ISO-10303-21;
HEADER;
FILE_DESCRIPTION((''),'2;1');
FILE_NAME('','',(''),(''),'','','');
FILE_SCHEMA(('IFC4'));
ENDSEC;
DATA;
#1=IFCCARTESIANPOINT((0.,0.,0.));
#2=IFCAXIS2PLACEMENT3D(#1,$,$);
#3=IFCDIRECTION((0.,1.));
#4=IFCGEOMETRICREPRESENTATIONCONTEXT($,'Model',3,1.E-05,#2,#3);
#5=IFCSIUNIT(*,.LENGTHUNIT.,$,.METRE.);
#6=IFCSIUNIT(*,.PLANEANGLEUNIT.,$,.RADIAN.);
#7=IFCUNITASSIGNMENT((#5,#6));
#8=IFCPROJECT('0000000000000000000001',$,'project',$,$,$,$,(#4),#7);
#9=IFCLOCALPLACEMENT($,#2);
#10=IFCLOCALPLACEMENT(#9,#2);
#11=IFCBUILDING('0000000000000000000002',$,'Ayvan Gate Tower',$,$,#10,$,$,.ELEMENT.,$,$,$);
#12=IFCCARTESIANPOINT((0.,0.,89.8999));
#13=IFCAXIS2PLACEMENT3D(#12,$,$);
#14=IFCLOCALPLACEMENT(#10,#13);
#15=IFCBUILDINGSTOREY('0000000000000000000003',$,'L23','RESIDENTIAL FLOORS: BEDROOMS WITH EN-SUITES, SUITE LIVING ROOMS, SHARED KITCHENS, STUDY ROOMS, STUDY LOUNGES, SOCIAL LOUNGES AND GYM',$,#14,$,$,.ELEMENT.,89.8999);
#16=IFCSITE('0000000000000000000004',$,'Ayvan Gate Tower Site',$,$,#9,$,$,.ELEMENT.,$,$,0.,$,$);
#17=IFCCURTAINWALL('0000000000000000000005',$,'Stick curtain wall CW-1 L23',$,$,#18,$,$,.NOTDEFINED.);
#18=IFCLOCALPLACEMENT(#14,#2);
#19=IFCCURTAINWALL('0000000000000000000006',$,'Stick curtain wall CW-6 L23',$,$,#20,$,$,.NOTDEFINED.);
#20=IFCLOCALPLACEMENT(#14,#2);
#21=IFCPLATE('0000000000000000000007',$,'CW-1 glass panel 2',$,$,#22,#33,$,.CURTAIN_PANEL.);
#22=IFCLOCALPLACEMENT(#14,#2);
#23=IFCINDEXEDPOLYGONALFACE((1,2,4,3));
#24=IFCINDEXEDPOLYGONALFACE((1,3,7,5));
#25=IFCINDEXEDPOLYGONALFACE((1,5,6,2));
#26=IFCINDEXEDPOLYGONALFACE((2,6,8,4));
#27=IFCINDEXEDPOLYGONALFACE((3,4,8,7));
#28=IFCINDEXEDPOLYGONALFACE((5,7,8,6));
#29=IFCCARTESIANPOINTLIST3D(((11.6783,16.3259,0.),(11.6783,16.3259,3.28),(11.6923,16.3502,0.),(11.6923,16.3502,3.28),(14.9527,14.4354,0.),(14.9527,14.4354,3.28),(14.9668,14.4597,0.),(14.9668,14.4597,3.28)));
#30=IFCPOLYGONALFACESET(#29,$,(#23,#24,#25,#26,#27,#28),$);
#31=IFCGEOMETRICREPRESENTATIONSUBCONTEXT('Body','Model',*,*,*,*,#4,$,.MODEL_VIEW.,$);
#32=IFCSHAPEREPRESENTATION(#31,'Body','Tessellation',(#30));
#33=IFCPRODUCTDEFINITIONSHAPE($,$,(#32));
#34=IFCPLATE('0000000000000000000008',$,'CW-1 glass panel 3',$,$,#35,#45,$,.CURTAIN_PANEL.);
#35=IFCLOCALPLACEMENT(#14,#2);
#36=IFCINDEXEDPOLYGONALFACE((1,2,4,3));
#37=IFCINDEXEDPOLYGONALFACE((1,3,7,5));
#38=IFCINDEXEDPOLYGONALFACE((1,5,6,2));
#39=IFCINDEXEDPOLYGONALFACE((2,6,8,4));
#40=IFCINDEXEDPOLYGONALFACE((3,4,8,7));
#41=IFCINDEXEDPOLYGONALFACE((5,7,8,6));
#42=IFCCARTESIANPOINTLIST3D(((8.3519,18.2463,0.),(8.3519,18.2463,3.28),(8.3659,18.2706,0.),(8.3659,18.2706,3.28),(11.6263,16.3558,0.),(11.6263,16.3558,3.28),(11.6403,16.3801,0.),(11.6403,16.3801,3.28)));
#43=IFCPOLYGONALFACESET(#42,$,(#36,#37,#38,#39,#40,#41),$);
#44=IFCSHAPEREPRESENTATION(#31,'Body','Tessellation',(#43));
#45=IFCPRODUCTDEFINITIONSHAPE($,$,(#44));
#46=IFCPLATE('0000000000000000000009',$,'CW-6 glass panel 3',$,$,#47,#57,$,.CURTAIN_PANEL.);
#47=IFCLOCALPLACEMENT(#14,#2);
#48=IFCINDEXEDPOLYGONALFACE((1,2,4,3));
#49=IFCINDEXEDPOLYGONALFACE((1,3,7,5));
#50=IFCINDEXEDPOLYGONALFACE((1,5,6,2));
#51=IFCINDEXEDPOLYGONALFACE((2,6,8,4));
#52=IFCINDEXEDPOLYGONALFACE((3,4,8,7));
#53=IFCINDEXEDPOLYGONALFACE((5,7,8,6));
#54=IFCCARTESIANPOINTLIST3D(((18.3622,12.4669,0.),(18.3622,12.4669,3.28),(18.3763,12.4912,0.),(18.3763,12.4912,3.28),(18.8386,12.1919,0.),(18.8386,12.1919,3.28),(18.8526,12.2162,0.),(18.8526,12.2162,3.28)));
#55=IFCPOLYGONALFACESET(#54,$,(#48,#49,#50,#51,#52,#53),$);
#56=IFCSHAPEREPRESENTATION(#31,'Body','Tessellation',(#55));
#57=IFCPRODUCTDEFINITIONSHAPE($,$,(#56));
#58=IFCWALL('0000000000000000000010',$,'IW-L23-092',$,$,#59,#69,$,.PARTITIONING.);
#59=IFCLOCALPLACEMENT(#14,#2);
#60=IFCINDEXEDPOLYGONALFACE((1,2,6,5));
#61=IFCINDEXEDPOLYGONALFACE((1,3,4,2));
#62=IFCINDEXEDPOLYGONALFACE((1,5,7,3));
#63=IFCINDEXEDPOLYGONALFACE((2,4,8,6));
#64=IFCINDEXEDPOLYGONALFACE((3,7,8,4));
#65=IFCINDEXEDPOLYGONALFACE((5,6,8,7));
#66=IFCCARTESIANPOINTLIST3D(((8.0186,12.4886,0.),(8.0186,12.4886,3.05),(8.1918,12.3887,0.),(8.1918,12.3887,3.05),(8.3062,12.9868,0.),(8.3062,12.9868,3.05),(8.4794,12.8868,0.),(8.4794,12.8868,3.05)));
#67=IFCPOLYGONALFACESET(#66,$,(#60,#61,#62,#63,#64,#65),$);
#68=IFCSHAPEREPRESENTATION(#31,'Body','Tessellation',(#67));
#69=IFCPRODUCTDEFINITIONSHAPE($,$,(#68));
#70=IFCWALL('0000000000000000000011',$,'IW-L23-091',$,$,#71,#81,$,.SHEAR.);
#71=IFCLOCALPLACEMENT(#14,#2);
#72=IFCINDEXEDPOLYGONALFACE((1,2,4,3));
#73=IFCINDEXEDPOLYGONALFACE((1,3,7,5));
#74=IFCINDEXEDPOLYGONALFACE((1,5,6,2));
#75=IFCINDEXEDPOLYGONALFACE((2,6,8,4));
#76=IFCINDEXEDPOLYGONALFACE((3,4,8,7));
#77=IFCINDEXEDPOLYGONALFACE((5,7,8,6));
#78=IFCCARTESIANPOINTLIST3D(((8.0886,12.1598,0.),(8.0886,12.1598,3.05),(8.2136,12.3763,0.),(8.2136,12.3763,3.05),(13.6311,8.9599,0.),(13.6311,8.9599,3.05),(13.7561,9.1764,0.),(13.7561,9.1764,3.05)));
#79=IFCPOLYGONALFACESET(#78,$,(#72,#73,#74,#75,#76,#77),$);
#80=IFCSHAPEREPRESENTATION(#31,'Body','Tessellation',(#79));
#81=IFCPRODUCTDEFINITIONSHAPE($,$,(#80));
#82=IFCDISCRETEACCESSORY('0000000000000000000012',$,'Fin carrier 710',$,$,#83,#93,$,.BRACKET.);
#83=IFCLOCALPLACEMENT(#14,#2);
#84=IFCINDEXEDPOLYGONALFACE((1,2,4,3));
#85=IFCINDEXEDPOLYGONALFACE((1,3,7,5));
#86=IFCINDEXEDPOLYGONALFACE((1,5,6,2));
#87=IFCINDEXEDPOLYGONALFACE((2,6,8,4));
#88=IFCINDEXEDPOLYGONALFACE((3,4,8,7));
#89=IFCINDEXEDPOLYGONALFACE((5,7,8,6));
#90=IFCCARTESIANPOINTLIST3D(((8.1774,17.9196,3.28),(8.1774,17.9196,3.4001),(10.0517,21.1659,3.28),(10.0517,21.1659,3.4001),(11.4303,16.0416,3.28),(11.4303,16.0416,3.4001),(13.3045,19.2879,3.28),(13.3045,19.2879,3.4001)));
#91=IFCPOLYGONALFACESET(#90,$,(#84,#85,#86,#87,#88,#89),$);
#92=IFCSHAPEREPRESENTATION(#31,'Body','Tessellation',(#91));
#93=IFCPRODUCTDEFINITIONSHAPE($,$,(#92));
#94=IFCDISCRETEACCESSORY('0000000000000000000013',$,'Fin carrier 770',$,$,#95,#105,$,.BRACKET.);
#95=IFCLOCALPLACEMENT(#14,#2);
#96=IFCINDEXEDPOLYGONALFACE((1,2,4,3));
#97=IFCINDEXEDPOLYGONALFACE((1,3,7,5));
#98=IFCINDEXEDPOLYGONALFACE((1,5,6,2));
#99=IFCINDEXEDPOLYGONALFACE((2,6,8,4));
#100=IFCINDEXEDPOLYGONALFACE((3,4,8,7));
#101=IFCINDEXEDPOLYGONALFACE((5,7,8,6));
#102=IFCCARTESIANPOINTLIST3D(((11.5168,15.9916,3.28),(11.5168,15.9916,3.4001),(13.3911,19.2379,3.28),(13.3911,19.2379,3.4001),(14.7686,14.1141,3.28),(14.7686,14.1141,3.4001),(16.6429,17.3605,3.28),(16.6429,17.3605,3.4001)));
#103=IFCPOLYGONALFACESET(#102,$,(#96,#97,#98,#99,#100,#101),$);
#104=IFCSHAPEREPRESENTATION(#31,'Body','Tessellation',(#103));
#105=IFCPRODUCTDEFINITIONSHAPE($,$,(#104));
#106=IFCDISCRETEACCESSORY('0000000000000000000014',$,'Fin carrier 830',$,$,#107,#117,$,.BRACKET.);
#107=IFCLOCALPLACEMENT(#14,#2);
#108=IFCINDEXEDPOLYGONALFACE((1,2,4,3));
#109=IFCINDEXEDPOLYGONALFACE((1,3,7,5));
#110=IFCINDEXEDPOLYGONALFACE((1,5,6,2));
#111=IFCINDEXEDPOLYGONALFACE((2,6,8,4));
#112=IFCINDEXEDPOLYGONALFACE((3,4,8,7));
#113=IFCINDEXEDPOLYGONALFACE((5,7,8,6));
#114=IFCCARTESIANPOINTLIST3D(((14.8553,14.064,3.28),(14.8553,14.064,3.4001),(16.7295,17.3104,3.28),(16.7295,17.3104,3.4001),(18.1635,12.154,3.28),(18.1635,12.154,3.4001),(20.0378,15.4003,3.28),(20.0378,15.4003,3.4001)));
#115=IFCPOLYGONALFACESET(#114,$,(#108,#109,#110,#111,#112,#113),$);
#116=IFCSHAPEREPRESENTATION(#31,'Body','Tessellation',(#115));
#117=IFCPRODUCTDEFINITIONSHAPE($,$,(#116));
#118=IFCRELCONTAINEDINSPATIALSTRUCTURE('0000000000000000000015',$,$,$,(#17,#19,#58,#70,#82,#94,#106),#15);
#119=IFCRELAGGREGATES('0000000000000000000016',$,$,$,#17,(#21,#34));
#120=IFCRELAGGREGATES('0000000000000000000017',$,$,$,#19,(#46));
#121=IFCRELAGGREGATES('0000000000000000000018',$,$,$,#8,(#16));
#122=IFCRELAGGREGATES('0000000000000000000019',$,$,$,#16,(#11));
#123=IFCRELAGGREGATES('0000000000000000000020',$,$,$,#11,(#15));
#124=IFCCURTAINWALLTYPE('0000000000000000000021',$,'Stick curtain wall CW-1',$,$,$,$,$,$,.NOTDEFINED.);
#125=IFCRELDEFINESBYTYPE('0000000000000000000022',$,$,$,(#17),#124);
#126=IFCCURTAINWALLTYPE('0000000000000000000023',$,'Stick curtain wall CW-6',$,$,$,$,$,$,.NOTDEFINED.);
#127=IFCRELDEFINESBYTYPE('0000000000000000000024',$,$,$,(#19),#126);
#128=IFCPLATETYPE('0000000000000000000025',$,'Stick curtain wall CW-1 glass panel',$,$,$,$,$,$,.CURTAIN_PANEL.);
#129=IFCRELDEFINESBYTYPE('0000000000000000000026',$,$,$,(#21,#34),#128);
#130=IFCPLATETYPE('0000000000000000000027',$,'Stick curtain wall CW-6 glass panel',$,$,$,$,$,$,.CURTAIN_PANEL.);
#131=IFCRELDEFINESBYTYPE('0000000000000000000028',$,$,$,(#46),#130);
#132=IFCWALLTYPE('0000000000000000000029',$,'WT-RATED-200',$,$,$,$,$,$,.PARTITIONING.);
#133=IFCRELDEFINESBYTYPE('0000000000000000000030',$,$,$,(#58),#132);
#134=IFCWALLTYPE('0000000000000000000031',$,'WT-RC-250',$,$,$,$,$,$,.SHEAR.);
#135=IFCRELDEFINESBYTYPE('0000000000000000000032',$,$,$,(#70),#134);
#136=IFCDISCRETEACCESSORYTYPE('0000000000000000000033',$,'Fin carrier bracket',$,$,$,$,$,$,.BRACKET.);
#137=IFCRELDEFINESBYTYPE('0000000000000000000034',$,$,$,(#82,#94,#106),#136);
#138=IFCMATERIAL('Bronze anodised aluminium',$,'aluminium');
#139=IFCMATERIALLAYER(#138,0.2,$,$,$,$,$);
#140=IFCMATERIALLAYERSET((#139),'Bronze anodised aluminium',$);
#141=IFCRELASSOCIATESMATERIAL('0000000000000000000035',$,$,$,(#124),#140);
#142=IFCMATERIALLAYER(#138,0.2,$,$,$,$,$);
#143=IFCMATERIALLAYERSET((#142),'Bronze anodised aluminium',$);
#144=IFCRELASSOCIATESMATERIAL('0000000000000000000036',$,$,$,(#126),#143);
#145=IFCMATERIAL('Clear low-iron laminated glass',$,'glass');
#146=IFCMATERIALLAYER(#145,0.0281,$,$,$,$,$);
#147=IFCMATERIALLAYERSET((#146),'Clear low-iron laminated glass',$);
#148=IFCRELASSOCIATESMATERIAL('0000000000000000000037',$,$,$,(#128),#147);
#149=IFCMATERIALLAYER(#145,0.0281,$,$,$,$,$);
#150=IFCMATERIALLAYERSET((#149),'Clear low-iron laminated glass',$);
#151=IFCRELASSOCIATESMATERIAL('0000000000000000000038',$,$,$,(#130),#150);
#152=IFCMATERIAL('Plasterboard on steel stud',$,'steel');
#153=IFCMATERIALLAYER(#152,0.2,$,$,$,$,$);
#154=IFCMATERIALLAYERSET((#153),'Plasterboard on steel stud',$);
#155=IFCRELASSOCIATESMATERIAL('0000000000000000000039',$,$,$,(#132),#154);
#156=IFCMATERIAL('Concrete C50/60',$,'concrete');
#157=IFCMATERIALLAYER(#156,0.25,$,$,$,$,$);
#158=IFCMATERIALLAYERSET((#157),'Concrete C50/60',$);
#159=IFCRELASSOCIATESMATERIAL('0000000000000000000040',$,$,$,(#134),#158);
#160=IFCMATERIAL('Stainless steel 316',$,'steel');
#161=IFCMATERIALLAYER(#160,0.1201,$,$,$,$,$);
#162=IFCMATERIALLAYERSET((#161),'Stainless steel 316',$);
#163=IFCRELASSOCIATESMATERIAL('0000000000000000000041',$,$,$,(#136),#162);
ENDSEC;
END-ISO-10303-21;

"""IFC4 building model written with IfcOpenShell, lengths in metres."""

from ifc_helpers import new_model, si_unit, direction, frame, frame_2d, origin, origin_2d, place, context, subcontext, project, spatial, rectangle, extrude, material, layer, layer_set, type_object, element, aggregate, save


model = new_model("IFC4")

# Units and contexts
model_context = context("Model", 3, precision=1e-05, world=origin(), true_north=direction((0.0, 1.0)))
body_context = subcontext(model_context, "Body", "Model", "MODEL_VIEW")
ifc_project = project(units=[si_unit("LENGTHUNIT", "METRE"), si_unit("PLANEANGLEUNIT", "RADIAN")], contexts=[model_context])

# Site, building, storey
site_placement = place(None, origin())
site = spatial("IfcSite", under=ifc_project, at=site_placement, Name="Ayvan Gate Tower Site", CompositionType="ELEMENT", RefElevation=0.0)
building_placement = place(site_placement, origin())
building = spatial("IfcBuilding", under=site, at=building_placement, Name="Ayvan Gate Tower", CompositionType="ELEMENT")
storey_placement = place(building_placement, frame((0.0, 0.0, 89.8999)))
storey = spatial("IfcBuildingStorey", under=building, at=storey_placement, Name="L23", Description="RESIDENTIAL FLOORS: BEDROOMS WITH EN-SUITES, SUITE LIVING ROOMS, SHARED KITCHENS, STUDY ROOMS, STUDY LOUNGES, SOCIAL LOUNGES AND GYM", CompositionType="ELEMENT", Elevation=89.8999)

# Curtain walls
ifc_material_1 = material(Name="Bronze anodised aluminium", Category="aluminium")
ifc_layer_1 = layer(ifc_material_1, 0.2)
ifc_layer_set_1 = layer_set([ifc_layer_1], Name="Bronze anodised aluminium")
curtain_wall_type_1 = type_object("IfcCurtainWallType", Name="Stick curtain wall CW-1", PredefinedType="NOTDEFINED", material=ifc_layer_set_1)
curtain_wall_1_placement = place(storey_placement, origin())
curtain_wall_1 = element("IfcCurtainWall", 1, at=curtain_wall_1_placement, inside=storey, type_object=curtain_wall_type_1, Name="Stick curtain wall CW-1 L23", PredefinedType="NOTDEFINED")
ifc_layer_2 = layer(ifc_material_1, 0.2)
ifc_layer_set_2 = layer_set([ifc_layer_2], Name="Bronze anodised aluminium")
curtain_wall_type_2 = type_object("IfcCurtainWallType", Name="Stick curtain wall CW-6", PredefinedType="NOTDEFINED", material=ifc_layer_set_2)
curtain_wall_2_placement = place(storey_placement, origin())
curtain_wall_2 = element("IfcCurtainWall", 2, at=curtain_wall_2_placement, inside=storey, type_object=curtain_wall_type_2, Name="Stick curtain wall CW-6 L23", PredefinedType="NOTDEFINED")

# Plates
ifc_material_2 = material(Name="Clear low-iron laminated glass", Category="glass")
ifc_layer_3 = layer(ifc_material_2, 0.0281)
ifc_layer_set_3 = layer_set([ifc_layer_3], Name="Clear low-iron laminated glass")
plate_type_1 = type_object("IfcPlateType", Name="Stick curtain wall CW-1 glass panel", PredefinedType="CURTAIN_PANEL", material=ifc_layer_set_3)
plate_1_placement = place(storey_placement, frame((13.3225, 15.3928, 0.0), z_axis=(0.0, 0.0, 1.0), x_axis=(-0.866025, 0.5, 0.0)))
plate_1 = element("IfcPlate", 3, at=plate_1_placement, type_object=plate_type_1, Name="CW-1 glass panel 2", PredefinedType="CURTAIN_PANEL", context=body_context, shape_type="SweptSolid", body=[
    extrude(rectangle(XDim=3.781, YDim=0.0281, at=origin_2d()), origin(), (0.0, 0.0, 1.0), 3.28),
])
plate_2_placement = place(storey_placement, frame((9.9961, 17.3132, 0.0), z_axis=(0.0, 0.0, 1.0), x_axis=(-0.866025, 0.5, 0.0)))
plate_2 = element("IfcPlate", 4, at=plate_2_placement, type_object=plate_type_1, Name="CW-1 glass panel 3", PredefinedType="CURTAIN_PANEL", context=body_context, shape_type="SweptSolid", body=[
    extrude(rectangle(XDim=3.781, YDim=0.0281, at=origin_2d()), origin(), (0.0, 0.0, 1.0), 3.28),
])
aggregate(curtain_wall_1, [plate_1, plate_2])
ifc_layer_4 = layer(ifc_material_2, 0.0281)
ifc_layer_set_4 = layer_set([ifc_layer_4], Name="Clear low-iron laminated glass")
plate_type_2 = type_object("IfcPlateType", Name="Stick curtain wall CW-6 glass panel", PredefinedType="CURTAIN_PANEL", material=ifc_layer_set_4)
plate_3_placement = place(storey_placement, frame((18.6074, 12.3416, 0.0), z_axis=(0.0, 0.0, 1.0), x_axis=(-0.866025, 0.5, 0.0)))
plate_3 = element("IfcPlate", 5, at=plate_3_placement, type_object=plate_type_2, Name="CW-6 glass panel 3", PredefinedType="CURTAIN_PANEL", context=body_context, shape_type="SweptSolid", body=[
    extrude(rectangle(XDim=0.55, YDim=0.0281, at=origin_2d()), origin(), (0.0, 0.0, 1.0), 3.28),
])
aggregate(curtain_wall_2, [plate_3])

# Walls
ifc_material_3 = material(Name="Plasterboard on steel stud", Category="steel")
ifc_layer_5 = layer(ifc_material_3, 0.2)
ifc_layer_set_5 = layer_set([ifc_layer_5], Name="Plasterboard on steel stud")
wall_type_1 = type_object("IfcWallType", Name="WT-RATED-200", PredefinedType="PARTITIONING", material=ifc_layer_set_5)
wall_1_placement = place(storey_placement, frame((8.3928, 12.9368, 0.0), z_axis=(0.0, 0.0, 1.0), x_axis=(-0.500065, -0.865988, 0.0)))
element("IfcWall", 6, at=wall_1_placement, inside=storey, type_object=wall_type_1, Name="IW-L23-092", PredefinedType="PARTITIONING", context=body_context, shape_type="SweptSolid", body=[
    extrude(rectangle(XDim=0.5752, YDim=0.2, at=frame_2d((0.2876, 0.0))), origin(), (0.0, 0.0, 1.0), 3.05),
])
ifc_material_4 = material(Name="Concrete C50/60", Category="concrete")
ifc_layer_6 = layer(ifc_material_4, 0.25)
ifc_layer_set_6 = layer_set([ifc_layer_6], Name="Concrete C50/60")
wall_type_2 = type_object("IfcWallType", Name="WT-RC-250", PredefinedType="SHEAR", material=ifc_layer_set_6)
wall_2_placement = place(storey_placement, frame((8.1511, 12.2681, 0.0), z_axis=(0.0, 0.0, 1.0), x_axis=(0.866025, -0.5, 0.0)))
element("IfcWall", 7, at=wall_2_placement, inside=storey, type_object=wall_type_2, Name="IW-L23-091", PredefinedType="SHEAR", context=body_context, shape_type="SweptSolid", body=[
    extrude(rectangle(XDim=6.3999, YDim=0.25, at=frame_2d((3.2, 0.0))), origin(), (0.0, 0.0, 1.0), 3.05),
])

# Discrete accessories
ifc_material_5 = material(Name="Stainless steel 316", Category="steel")
ifc_layer_7 = layer(ifc_material_5, 0.1201)
ifc_layer_set_7 = layer_set([ifc_layer_7], Name="Stainless steel 316")
discrete_accessory_type = type_object("IfcDiscreteAccessoryType", Name="Fin carrier bracket", PredefinedType="BRACKET", material=ifc_layer_set_7)
discrete_accessory_1_placement = place(storey_placement, frame((10.741, 18.6038, 3.28), z_axis=(0.0, 0.0, 1.0), x_axis=(-0.866025, 0.5, 0.0)))
element("IfcDiscreteAccessory", 8, at=discrete_accessory_1_placement, inside=storey, type_object=discrete_accessory_type, Name="Fin carrier 710", PredefinedType="BRACKET", context=body_context, shape_type="SweptSolid", body=[
    extrude(rectangle(XDim=3.7561, YDim=3.7485, at=origin_2d()), origin(), (0.0, 0.0, 1.0), 0.1201),
])
discrete_accessory_2_placement = place(storey_placement, frame((14.0798, 16.676, 3.28), z_axis=(0.0, 0.0, 1.0), x_axis=(-0.866025, 0.5, 0.0)))
element("IfcDiscreteAccessory", 9, at=discrete_accessory_2_placement, inside=storey, type_object=discrete_accessory_type, Name="Fin carrier 770", PredefinedType="BRACKET", context=body_context, shape_type="SweptSolid", body=[
    extrude(rectangle(XDim=3.7549, YDim=3.7485, at=origin_2d()), origin(), (0.0, 0.0, 1.0), 0.1201),
])
discrete_accessory_3_placement = place(storey_placement, frame((17.4465, 14.7322, 3.28), z_axis=(0.0, 0.0, 1.0), x_axis=(-0.866025, 0.5, 0.0)))
element("IfcDiscreteAccessory", 10, at=discrete_accessory_3_placement, inside=storey, type_object=discrete_accessory_type, Name="Fin carrier 830", PredefinedType="BRACKET", context=body_context, shape_type="SweptSolid", body=[
    extrude(rectangle(XDim=3.8201, YDim=3.7485, at=origin_2d()), origin(), (0.0, 0.0, 1.0), 0.1201),
])

save(model, "model.ifc")
